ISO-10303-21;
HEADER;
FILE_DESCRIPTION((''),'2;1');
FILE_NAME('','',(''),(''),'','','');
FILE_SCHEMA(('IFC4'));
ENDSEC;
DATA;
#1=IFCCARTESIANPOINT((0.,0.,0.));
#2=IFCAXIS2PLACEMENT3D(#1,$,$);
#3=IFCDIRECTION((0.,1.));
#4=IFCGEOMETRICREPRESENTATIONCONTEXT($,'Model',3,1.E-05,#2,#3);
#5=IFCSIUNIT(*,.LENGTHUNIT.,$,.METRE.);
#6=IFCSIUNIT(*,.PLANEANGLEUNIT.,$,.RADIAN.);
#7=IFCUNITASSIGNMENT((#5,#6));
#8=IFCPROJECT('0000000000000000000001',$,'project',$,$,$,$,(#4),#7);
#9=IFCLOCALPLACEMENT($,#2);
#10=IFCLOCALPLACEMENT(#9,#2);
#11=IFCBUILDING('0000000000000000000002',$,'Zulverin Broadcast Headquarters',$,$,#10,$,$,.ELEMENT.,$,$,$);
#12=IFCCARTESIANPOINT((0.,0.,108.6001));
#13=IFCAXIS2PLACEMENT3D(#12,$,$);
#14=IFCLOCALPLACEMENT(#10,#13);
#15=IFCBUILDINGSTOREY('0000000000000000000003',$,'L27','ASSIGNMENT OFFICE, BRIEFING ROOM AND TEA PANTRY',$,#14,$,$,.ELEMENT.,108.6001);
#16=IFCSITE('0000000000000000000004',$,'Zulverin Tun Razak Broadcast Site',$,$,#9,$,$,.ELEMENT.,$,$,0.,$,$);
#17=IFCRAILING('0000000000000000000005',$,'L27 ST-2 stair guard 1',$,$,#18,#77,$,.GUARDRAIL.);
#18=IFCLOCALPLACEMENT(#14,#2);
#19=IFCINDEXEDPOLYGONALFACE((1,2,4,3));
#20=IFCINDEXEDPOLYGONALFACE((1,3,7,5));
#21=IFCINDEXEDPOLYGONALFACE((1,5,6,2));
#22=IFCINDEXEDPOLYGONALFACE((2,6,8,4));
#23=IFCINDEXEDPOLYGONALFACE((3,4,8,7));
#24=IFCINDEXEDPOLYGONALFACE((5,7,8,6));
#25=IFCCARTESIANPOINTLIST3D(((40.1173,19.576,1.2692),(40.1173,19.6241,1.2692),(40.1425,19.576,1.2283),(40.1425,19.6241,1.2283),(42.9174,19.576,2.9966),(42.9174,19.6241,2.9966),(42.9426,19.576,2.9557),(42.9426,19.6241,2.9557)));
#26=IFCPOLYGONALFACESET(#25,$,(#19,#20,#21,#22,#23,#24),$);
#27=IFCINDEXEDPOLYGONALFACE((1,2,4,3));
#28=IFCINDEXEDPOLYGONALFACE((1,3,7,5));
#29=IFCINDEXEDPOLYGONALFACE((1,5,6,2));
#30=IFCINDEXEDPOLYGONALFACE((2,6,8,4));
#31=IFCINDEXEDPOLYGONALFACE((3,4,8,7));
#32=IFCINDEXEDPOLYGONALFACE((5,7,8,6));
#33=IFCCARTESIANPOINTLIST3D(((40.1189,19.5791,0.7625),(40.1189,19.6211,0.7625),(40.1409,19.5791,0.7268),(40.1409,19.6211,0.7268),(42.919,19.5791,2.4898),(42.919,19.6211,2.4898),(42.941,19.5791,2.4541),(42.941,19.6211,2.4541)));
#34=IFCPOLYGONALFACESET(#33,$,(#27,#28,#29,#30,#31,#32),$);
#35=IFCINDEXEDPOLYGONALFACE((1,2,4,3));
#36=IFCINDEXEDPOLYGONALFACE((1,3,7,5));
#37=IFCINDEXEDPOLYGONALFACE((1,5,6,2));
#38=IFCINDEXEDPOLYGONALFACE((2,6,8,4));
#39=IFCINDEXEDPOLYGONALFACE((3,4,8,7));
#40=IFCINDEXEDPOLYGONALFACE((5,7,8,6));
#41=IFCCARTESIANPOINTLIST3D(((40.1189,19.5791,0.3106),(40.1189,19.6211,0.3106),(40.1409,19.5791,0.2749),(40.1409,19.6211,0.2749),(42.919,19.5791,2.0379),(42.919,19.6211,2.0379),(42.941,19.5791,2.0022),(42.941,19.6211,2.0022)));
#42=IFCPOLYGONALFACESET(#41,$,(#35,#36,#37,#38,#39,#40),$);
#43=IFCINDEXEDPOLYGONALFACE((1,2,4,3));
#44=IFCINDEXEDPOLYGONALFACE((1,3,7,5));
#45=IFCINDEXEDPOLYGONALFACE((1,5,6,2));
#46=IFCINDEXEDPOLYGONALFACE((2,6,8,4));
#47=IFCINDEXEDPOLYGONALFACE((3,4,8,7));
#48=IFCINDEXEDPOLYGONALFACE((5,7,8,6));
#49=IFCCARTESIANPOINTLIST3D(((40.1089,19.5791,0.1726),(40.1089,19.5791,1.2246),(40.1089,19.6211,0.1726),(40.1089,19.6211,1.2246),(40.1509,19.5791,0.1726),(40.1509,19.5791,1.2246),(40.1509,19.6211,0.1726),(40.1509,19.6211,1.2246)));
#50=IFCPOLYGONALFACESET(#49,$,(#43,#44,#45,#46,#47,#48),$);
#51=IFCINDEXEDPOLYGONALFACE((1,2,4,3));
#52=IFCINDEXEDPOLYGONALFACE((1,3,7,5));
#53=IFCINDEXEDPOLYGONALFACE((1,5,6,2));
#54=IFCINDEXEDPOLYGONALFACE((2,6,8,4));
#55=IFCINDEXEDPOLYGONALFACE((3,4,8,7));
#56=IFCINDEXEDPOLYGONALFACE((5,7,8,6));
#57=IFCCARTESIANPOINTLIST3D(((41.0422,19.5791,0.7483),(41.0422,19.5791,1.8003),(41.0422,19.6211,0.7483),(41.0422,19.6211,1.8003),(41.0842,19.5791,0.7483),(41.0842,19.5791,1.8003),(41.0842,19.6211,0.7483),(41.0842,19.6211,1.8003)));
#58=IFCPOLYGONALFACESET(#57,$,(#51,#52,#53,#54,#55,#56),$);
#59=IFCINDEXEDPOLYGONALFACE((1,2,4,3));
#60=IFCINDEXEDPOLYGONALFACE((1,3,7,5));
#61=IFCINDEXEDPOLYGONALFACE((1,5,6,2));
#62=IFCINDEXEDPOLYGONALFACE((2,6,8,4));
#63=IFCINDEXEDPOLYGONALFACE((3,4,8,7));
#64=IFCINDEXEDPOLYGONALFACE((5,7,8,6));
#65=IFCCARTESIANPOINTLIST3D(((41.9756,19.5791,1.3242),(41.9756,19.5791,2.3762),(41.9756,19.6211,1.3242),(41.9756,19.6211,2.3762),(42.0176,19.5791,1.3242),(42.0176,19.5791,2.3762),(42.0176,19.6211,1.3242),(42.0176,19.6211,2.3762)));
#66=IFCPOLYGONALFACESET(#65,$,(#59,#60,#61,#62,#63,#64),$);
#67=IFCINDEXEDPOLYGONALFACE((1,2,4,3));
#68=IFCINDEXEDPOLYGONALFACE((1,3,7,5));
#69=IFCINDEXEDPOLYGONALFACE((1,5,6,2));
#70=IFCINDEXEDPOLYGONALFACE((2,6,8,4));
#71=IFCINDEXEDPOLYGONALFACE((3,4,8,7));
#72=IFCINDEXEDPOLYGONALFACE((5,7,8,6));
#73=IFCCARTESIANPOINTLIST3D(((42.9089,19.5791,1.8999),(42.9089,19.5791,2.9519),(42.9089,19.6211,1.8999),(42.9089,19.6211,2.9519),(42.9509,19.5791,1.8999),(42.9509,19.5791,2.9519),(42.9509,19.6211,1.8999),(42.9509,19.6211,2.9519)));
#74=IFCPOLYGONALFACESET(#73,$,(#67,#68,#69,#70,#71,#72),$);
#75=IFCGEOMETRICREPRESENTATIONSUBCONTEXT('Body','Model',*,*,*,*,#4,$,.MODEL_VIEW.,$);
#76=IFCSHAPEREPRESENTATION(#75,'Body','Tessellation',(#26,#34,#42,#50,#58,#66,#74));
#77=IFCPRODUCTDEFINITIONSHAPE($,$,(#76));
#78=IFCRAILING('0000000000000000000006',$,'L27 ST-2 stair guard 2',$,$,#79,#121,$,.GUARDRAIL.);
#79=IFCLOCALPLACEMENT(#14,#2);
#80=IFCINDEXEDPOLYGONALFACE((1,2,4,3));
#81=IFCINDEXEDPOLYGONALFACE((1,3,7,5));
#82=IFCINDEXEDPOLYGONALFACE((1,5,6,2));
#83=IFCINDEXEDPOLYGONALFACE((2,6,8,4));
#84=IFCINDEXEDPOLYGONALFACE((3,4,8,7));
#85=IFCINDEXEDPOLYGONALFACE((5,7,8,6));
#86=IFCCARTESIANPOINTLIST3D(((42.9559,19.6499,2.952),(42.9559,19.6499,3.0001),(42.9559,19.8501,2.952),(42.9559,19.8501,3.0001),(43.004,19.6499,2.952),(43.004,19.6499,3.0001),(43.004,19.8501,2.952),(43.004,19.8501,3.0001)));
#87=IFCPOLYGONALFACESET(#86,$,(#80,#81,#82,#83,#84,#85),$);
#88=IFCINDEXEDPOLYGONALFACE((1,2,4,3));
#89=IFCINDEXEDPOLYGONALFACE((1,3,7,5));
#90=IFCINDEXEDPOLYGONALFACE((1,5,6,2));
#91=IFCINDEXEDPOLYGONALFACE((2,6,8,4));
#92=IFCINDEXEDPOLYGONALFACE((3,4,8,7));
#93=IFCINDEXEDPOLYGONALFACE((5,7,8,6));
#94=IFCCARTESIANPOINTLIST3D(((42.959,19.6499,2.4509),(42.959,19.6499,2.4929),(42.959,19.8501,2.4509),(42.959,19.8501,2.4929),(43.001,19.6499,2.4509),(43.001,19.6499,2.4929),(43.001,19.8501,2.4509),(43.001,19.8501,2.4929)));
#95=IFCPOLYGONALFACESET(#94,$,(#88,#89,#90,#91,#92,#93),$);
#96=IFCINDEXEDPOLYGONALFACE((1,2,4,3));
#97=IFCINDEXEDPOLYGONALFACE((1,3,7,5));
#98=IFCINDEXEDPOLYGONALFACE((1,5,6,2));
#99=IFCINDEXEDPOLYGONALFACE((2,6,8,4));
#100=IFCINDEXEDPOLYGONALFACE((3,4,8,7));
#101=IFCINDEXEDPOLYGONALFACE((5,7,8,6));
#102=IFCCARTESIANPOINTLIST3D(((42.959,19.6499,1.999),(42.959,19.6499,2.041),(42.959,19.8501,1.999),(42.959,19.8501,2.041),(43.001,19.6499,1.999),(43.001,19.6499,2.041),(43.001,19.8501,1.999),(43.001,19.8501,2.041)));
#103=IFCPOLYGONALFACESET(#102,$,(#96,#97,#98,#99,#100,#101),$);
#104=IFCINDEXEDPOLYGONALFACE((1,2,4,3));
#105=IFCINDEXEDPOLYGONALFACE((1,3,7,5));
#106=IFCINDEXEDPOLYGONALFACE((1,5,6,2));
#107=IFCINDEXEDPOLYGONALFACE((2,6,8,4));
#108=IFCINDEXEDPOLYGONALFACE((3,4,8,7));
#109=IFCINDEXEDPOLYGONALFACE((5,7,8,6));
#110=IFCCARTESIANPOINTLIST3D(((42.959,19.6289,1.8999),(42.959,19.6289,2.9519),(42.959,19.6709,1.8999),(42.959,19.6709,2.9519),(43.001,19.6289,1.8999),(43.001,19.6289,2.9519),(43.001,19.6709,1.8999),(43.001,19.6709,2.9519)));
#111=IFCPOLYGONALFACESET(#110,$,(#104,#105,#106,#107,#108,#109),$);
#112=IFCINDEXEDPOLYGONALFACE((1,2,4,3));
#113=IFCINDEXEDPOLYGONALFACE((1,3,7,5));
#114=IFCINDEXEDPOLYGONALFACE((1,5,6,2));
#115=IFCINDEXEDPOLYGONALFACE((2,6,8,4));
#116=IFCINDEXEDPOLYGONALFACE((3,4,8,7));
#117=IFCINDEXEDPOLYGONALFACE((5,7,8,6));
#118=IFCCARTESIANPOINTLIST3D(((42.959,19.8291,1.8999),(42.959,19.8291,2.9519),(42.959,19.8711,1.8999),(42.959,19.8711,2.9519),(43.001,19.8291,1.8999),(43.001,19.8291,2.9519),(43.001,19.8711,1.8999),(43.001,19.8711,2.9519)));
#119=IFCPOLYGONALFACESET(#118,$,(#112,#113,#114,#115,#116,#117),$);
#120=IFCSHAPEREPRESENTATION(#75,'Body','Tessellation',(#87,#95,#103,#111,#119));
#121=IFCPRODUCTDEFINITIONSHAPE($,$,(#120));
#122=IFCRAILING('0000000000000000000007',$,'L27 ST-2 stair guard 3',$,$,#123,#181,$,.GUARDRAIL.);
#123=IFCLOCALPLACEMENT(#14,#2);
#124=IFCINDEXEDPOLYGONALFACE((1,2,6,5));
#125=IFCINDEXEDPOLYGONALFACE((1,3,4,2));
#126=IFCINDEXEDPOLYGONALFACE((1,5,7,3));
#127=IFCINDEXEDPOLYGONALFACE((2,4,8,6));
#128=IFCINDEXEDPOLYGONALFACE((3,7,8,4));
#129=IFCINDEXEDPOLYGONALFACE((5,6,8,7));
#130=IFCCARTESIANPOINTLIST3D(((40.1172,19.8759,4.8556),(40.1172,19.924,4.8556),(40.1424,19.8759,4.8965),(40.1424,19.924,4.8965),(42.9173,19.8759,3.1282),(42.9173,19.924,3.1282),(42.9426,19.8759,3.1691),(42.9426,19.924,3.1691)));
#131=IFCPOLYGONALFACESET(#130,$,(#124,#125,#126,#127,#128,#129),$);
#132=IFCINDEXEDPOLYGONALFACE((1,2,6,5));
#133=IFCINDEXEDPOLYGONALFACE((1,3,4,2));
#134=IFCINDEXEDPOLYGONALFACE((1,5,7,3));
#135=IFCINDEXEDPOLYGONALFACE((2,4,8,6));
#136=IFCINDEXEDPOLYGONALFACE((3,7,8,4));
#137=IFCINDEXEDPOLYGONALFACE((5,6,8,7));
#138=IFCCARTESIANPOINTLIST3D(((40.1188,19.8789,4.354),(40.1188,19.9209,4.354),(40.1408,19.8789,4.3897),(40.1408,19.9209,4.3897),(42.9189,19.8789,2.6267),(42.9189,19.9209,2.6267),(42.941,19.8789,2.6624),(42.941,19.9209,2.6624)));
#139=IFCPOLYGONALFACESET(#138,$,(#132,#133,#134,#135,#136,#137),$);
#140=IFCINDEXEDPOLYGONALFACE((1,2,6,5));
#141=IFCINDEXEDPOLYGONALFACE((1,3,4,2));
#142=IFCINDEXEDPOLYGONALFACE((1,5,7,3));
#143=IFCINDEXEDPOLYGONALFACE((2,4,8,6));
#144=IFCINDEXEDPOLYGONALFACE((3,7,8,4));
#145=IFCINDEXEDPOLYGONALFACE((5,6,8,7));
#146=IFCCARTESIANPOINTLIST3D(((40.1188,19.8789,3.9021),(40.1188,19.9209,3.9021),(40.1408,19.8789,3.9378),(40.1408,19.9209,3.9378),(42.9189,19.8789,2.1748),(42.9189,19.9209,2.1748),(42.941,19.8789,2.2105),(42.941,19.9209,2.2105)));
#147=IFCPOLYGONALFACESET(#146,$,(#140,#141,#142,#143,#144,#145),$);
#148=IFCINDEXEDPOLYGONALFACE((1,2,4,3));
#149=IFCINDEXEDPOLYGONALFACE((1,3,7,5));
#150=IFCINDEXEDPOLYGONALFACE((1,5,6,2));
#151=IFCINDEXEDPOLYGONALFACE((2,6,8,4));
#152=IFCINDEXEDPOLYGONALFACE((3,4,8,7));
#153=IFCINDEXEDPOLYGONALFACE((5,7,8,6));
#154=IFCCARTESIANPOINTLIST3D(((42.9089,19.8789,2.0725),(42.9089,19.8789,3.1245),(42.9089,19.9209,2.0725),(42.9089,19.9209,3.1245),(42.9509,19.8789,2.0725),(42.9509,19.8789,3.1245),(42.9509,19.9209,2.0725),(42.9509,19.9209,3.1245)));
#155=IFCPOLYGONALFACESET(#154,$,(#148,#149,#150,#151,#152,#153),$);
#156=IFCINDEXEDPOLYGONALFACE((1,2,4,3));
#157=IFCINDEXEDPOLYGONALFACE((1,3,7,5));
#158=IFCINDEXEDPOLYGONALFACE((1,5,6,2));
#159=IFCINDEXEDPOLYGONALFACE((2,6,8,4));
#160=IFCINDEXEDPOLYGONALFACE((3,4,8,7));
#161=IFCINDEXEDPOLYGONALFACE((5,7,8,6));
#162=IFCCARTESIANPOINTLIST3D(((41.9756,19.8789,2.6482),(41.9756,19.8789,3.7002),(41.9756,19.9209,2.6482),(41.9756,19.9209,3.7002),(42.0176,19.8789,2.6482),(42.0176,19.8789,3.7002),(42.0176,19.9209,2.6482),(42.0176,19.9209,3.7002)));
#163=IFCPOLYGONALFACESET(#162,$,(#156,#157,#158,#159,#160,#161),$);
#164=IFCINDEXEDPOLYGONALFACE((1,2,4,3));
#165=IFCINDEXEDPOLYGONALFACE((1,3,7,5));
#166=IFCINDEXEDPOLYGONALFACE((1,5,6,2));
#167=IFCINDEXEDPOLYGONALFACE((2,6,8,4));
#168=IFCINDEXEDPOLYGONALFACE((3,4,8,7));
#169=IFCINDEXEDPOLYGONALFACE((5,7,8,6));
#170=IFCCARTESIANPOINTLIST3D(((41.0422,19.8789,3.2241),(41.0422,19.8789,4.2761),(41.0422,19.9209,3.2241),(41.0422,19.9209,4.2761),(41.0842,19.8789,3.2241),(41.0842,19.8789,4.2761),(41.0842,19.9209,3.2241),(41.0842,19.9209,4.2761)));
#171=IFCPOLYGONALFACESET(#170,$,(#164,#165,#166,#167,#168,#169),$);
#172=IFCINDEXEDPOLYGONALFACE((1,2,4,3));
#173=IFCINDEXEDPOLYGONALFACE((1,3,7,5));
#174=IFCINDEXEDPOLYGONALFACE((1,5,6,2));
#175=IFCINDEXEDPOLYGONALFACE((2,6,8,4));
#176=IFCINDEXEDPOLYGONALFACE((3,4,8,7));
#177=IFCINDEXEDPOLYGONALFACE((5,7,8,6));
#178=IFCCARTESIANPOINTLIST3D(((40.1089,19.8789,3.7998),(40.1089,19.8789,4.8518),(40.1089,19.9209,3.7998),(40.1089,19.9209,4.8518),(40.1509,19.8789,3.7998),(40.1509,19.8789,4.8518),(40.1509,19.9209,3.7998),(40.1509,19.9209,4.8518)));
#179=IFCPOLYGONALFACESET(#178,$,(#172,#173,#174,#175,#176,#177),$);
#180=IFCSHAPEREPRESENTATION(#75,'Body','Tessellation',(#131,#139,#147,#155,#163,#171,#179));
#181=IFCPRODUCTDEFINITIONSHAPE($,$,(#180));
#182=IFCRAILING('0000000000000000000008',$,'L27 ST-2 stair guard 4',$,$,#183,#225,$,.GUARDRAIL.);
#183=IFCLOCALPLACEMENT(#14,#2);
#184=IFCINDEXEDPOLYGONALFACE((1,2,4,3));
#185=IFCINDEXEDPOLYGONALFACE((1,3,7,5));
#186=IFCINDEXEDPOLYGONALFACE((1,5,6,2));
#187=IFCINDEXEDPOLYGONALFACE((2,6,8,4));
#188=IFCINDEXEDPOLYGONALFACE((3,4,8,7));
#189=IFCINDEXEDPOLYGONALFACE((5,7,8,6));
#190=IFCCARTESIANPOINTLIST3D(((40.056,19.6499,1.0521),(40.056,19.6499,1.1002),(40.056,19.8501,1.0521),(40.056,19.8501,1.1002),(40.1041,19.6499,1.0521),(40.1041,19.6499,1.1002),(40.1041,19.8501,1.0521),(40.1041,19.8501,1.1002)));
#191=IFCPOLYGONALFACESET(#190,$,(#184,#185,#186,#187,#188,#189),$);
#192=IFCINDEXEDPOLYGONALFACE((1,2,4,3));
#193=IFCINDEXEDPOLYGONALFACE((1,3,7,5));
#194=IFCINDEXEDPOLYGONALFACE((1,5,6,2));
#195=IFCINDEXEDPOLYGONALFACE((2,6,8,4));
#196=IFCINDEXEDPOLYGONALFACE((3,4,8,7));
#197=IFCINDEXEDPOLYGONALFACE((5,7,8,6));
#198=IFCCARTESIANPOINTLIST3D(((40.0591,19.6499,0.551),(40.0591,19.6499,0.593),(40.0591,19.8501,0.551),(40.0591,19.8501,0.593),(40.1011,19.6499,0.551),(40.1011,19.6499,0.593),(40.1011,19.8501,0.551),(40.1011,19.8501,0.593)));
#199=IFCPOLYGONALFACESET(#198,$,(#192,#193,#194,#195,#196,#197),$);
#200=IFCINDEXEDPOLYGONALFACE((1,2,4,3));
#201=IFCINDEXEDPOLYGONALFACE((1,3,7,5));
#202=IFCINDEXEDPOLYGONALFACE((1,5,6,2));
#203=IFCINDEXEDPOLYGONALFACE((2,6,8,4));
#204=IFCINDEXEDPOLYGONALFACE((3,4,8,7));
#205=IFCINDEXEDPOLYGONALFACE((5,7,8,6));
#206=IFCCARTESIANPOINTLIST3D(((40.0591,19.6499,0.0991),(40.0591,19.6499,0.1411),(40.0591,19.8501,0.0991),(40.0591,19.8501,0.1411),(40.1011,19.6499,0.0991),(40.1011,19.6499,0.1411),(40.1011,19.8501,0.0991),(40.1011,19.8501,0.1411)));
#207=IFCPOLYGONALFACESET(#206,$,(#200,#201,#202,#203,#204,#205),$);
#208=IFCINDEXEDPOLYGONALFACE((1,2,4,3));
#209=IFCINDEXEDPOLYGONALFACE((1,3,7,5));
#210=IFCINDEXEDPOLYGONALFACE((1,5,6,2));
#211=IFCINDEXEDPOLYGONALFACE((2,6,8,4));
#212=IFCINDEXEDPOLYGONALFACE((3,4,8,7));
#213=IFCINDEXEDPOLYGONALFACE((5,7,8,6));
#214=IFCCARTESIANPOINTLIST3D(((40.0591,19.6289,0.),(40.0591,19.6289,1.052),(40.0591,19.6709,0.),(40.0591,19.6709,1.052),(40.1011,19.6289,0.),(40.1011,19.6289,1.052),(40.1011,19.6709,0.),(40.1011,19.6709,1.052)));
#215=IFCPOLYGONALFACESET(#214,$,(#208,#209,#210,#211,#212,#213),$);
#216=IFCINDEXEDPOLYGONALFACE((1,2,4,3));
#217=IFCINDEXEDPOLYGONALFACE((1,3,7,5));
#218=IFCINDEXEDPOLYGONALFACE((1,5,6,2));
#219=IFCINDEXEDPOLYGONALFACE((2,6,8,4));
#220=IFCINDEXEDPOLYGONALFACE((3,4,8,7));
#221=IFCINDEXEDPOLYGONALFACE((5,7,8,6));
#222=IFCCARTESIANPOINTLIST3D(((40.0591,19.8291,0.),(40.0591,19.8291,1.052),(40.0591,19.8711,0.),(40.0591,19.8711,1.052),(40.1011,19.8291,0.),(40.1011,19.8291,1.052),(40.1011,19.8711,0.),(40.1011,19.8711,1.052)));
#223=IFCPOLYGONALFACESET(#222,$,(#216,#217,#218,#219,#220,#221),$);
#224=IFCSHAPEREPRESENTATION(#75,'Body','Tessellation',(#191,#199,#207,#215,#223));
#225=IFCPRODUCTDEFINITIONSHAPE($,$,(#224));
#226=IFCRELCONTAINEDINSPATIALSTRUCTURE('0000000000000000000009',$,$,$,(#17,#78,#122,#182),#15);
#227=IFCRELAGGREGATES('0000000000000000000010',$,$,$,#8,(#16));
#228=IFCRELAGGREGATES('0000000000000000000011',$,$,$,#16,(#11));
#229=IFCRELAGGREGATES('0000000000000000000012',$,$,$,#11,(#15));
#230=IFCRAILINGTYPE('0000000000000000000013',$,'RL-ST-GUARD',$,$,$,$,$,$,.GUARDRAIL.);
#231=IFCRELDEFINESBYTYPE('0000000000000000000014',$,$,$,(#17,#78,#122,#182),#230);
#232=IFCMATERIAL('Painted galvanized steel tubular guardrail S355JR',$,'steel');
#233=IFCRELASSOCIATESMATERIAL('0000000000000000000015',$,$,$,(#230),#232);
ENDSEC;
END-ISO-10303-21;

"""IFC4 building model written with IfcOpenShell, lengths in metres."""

from ifc_helpers import new_model, si_unit, direction, frame, origin, origin_2d, place, context, subcontext, project, spatial, rectangle, extrude, material, type_object, element, save


model = new_model("IFC4")

# Units and contexts
model_context = context("Model", 3, precision=1e-05, world=origin(), true_north=direction((0.0, 1.0)))
body_context = subcontext(model_context, "Body", "Model", "MODEL_VIEW")
ifc_project = project(units=[si_unit("LENGTHUNIT", "METRE"), si_unit("PLANEANGLEUNIT", "RADIAN")], contexts=[model_context])

# Site, building, storey
site_placement = place(None, origin())
site = spatial("IfcSite", under=ifc_project, at=site_placement, Name="Zulverin Tun Razak Broadcast Site", CompositionType="ELEMENT", RefElevation=0.0)
building_placement = place(site_placement, origin())
building = spatial("IfcBuilding", under=site, at=building_placement, Name="Zulverin Broadcast Headquarters", CompositionType="ELEMENT")
storey_placement = place(building_placement, frame((0.0, 0.0, 108.6001)))
storey = spatial("IfcBuildingStorey", under=building, at=storey_placement, Name="L27", Description="ASSIGNMENT OFFICE, BRIEFING ROOM AND TEA PANTRY", CompositionType="ELEMENT", Elevation=108.6001)

# Railings
ifc_material_1 = material(Name="Painted galvanized steel tubular guardrail S355JR", Category="steel")
railing_type_1 = type_object("IfcRailingType", Name="RL-ST-GUARD", PredefinedType="GUARDRAIL", material=ifc_material_1)
railing_1_placement = place(storey_placement, frame((40.1299, 19.6001, 0.1726)))
element("IfcRailing", 1, at=railing_1_placement, inside=storey, type_object=railing_type_1, Name="L27 ST-2 stair guard 1", PredefinedType="GUARDRAIL", context=body_context, shape_type="SweptSolid", body=[
    extrude(rectangle(XDim=0.0481, YDim=0.0481, at=origin_2d()), frame((0.0, 0.0, 1.0762), z_axis=(0.85109, 0.0, 0.52502), x_axis=(0.0, 1.0, 0.0)), (0.0, 0.0, 1.0), 3.29),
    extrude(rectangle(XDim=0.042, YDim=0.042, at=origin_2d()), frame((0.0, 0.0, 0.572), z_axis=(0.85109, 0.0, 0.52502), x_axis=(0.0, 1.0, 0.0)), (0.0, 0.0, 1.0), 3.29),
    extrude(rectangle(XDim=0.042, YDim=0.042, at=origin_2d()), frame((0.0, 0.0, 0.1201), z_axis=(0.85109, 0.0, 0.52502), x_axis=(0.0, 1.0, 0.0)), (0.0, 0.0, 1.0), 3.29),
    extrude(rectangle(XDim=0.042, YDim=0.042, at=origin_2d()), origin(), (0.0, 0.0, 1.0), 1.052),
    extrude(rectangle(XDim=0.042, YDim=0.042, at=origin_2d()), frame((0.9333, 0.0, 0.5757)), (0.0, 0.0, 1.0), 1.052),
    extrude(rectangle(XDim=0.042, YDim=0.042, at=origin_2d()), frame((1.8667, 0.0, 1.1516)), (0.0, 0.0, 1.0), 1.052),
    extrude(rectangle(XDim=0.042, YDim=0.042, at=origin_2d()), frame((2.8, 0.0, 1.7273)), (0.0, 0.0, 1.0), 1.052),
])
railing_2_placement = place(storey_placement, frame((42.98, 19.6499, 1.8999)))
element("IfcRailing", 2, at=railing_2_placement, inside=storey, type_object=railing_type_1, Name="L27 ST-2 stair guard 2", PredefinedType="GUARDRAIL", context=body_context, shape_type="SweptSolid", body=[
    extrude(rectangle(XDim=0.0481, YDim=0.0481, at=origin_2d()), frame((0.0, 0.0, 1.0762), z_axis=(0.0, 1.0, 0.0), x_axis=(-1.0, 0.0, 0.0)), (0.0, 0.0, 1.0), 0.2002),
    extrude(rectangle(XDim=0.042, YDim=0.042, at=origin_2d()), frame((0.0, 0.0, 0.572), z_axis=(0.0, 1.0, 0.0), x_axis=(-1.0, 0.0, 0.0)), (0.0, 0.0, 1.0), 0.2002),
    extrude(rectangle(XDim=0.042, YDim=0.042, at=origin_2d()), frame((0.0, 0.0, 0.1201), z_axis=(0.0, 1.0, 0.0), x_axis=(-1.0, 0.0, 0.0)), (0.0, 0.0, 1.0), 0.2002),
    extrude(rectangle(XDim=0.042, YDim=0.042, at=origin_2d()), origin(), (0.0, 0.0, 1.0), 1.052),
    extrude(rectangle(XDim=0.042, YDim=0.042, at=origin_2d()), frame((0.0, 0.2002, 0.0)), (0.0, 0.0, 1.0), 1.052),
])
railing_3_placement = place(storey_placement, frame((42.9299, 19.8999, 2.0725)))
element("IfcRailing", 3, at=railing_3_placement, inside=storey, type_object=railing_type_1, Name="L27 ST-2 stair guard 3", PredefinedType="GUARDRAIL", context=body_context, shape_type="SweptSolid", body=[
    extrude(rectangle(XDim=0.0481, YDim=0.0481, at=origin_2d()), frame((0.0, 0.0, 1.0762), z_axis=(-0.85109, 0.0, 0.52502), x_axis=(0.0, -1.0, 0.0)), (0.0, 0.0, 1.0), 3.29),
    extrude(rectangle(XDim=0.042, YDim=0.042, at=origin_2d()), frame((0.0, 0.0, 0.572), z_axis=(-0.85109, 0.0, 0.52502), x_axis=(0.0, -1.0, 0.0)), (0.0, 0.0, 1.0), 3.29),
    extrude(rectangle(XDim=0.042, YDim=0.042, at=origin_2d()), frame((0.0, 0.0, 0.1201), z_axis=(-0.85109, 0.0, 0.52502), x_axis=(0.0, -1.0, 0.0)), (0.0, 0.0, 1.0), 3.29),
    extrude(rectangle(XDim=0.042, YDim=0.042, at=origin_2d()), origin(), (0.0, 0.0, 1.0), 1.052),
    extrude(rectangle(XDim=0.042, YDim=0.042, at=origin_2d()), frame((-0.9333, 0.0, 0.5757)), (0.0, 0.0, 1.0), 1.052),
    extrude(rectangle(XDim=0.042, YDim=0.042, at=origin_2d()), frame((-1.8667, 0.0, 1.1516)), (0.0, 0.0, 1.0), 1.052),
    extrude(rectangle(XDim=0.042, YDim=0.042, at=origin_2d()), frame((-2.8, 0.0, 1.7273)), (0.0, 0.0, 1.0), 1.052),
])
railing_4_placement = place(storey_placement, frame((40.0801, 19.6499, 0.0)))
element("IfcRailing", 4, at=railing_4_placement, inside=storey, type_object=railing_type_1, Name="L27 ST-2 stair guard 4", PredefinedType="GUARDRAIL", context=body_context, shape_type="SweptSolid", body=[
    extrude(rectangle(XDim=0.0481, YDim=0.0481, at=origin_2d()), frame((0.0, 0.0, 1.0762), z_axis=(0.0, 1.0, 0.0), x_axis=(-1.0, 0.0, 0.0)), (0.0, 0.0, 1.0), 0.2002),
    extrude(rectangle(XDim=0.042, YDim=0.042, at=origin_2d()), frame((0.0, 0.0, 0.572), z_axis=(0.0, 1.0, 0.0), x_axis=(-1.0, 0.0, 0.0)), (0.0, 0.0, 1.0), 0.2002),
    extrude(rectangle(XDim=0.042, YDim=0.042, at=origin_2d()), frame((0.0, 0.0, 0.1201), z_axis=(0.0, 1.0, 0.0), x_axis=(-1.0, 0.0, 0.0)), (0.0, 0.0, 1.0), 0.2002),
    extrude(rectangle(XDim=0.042, YDim=0.042, at=origin_2d()), origin(), (0.0, 0.0, 1.0), 1.052),
    extrude(rectangle(XDim=0.042, YDim=0.042, at=origin_2d()), frame((0.0, 0.2002, 0.0)), (0.0, 0.0, 1.0), 1.052),
])

save(model, "model.ifc")
